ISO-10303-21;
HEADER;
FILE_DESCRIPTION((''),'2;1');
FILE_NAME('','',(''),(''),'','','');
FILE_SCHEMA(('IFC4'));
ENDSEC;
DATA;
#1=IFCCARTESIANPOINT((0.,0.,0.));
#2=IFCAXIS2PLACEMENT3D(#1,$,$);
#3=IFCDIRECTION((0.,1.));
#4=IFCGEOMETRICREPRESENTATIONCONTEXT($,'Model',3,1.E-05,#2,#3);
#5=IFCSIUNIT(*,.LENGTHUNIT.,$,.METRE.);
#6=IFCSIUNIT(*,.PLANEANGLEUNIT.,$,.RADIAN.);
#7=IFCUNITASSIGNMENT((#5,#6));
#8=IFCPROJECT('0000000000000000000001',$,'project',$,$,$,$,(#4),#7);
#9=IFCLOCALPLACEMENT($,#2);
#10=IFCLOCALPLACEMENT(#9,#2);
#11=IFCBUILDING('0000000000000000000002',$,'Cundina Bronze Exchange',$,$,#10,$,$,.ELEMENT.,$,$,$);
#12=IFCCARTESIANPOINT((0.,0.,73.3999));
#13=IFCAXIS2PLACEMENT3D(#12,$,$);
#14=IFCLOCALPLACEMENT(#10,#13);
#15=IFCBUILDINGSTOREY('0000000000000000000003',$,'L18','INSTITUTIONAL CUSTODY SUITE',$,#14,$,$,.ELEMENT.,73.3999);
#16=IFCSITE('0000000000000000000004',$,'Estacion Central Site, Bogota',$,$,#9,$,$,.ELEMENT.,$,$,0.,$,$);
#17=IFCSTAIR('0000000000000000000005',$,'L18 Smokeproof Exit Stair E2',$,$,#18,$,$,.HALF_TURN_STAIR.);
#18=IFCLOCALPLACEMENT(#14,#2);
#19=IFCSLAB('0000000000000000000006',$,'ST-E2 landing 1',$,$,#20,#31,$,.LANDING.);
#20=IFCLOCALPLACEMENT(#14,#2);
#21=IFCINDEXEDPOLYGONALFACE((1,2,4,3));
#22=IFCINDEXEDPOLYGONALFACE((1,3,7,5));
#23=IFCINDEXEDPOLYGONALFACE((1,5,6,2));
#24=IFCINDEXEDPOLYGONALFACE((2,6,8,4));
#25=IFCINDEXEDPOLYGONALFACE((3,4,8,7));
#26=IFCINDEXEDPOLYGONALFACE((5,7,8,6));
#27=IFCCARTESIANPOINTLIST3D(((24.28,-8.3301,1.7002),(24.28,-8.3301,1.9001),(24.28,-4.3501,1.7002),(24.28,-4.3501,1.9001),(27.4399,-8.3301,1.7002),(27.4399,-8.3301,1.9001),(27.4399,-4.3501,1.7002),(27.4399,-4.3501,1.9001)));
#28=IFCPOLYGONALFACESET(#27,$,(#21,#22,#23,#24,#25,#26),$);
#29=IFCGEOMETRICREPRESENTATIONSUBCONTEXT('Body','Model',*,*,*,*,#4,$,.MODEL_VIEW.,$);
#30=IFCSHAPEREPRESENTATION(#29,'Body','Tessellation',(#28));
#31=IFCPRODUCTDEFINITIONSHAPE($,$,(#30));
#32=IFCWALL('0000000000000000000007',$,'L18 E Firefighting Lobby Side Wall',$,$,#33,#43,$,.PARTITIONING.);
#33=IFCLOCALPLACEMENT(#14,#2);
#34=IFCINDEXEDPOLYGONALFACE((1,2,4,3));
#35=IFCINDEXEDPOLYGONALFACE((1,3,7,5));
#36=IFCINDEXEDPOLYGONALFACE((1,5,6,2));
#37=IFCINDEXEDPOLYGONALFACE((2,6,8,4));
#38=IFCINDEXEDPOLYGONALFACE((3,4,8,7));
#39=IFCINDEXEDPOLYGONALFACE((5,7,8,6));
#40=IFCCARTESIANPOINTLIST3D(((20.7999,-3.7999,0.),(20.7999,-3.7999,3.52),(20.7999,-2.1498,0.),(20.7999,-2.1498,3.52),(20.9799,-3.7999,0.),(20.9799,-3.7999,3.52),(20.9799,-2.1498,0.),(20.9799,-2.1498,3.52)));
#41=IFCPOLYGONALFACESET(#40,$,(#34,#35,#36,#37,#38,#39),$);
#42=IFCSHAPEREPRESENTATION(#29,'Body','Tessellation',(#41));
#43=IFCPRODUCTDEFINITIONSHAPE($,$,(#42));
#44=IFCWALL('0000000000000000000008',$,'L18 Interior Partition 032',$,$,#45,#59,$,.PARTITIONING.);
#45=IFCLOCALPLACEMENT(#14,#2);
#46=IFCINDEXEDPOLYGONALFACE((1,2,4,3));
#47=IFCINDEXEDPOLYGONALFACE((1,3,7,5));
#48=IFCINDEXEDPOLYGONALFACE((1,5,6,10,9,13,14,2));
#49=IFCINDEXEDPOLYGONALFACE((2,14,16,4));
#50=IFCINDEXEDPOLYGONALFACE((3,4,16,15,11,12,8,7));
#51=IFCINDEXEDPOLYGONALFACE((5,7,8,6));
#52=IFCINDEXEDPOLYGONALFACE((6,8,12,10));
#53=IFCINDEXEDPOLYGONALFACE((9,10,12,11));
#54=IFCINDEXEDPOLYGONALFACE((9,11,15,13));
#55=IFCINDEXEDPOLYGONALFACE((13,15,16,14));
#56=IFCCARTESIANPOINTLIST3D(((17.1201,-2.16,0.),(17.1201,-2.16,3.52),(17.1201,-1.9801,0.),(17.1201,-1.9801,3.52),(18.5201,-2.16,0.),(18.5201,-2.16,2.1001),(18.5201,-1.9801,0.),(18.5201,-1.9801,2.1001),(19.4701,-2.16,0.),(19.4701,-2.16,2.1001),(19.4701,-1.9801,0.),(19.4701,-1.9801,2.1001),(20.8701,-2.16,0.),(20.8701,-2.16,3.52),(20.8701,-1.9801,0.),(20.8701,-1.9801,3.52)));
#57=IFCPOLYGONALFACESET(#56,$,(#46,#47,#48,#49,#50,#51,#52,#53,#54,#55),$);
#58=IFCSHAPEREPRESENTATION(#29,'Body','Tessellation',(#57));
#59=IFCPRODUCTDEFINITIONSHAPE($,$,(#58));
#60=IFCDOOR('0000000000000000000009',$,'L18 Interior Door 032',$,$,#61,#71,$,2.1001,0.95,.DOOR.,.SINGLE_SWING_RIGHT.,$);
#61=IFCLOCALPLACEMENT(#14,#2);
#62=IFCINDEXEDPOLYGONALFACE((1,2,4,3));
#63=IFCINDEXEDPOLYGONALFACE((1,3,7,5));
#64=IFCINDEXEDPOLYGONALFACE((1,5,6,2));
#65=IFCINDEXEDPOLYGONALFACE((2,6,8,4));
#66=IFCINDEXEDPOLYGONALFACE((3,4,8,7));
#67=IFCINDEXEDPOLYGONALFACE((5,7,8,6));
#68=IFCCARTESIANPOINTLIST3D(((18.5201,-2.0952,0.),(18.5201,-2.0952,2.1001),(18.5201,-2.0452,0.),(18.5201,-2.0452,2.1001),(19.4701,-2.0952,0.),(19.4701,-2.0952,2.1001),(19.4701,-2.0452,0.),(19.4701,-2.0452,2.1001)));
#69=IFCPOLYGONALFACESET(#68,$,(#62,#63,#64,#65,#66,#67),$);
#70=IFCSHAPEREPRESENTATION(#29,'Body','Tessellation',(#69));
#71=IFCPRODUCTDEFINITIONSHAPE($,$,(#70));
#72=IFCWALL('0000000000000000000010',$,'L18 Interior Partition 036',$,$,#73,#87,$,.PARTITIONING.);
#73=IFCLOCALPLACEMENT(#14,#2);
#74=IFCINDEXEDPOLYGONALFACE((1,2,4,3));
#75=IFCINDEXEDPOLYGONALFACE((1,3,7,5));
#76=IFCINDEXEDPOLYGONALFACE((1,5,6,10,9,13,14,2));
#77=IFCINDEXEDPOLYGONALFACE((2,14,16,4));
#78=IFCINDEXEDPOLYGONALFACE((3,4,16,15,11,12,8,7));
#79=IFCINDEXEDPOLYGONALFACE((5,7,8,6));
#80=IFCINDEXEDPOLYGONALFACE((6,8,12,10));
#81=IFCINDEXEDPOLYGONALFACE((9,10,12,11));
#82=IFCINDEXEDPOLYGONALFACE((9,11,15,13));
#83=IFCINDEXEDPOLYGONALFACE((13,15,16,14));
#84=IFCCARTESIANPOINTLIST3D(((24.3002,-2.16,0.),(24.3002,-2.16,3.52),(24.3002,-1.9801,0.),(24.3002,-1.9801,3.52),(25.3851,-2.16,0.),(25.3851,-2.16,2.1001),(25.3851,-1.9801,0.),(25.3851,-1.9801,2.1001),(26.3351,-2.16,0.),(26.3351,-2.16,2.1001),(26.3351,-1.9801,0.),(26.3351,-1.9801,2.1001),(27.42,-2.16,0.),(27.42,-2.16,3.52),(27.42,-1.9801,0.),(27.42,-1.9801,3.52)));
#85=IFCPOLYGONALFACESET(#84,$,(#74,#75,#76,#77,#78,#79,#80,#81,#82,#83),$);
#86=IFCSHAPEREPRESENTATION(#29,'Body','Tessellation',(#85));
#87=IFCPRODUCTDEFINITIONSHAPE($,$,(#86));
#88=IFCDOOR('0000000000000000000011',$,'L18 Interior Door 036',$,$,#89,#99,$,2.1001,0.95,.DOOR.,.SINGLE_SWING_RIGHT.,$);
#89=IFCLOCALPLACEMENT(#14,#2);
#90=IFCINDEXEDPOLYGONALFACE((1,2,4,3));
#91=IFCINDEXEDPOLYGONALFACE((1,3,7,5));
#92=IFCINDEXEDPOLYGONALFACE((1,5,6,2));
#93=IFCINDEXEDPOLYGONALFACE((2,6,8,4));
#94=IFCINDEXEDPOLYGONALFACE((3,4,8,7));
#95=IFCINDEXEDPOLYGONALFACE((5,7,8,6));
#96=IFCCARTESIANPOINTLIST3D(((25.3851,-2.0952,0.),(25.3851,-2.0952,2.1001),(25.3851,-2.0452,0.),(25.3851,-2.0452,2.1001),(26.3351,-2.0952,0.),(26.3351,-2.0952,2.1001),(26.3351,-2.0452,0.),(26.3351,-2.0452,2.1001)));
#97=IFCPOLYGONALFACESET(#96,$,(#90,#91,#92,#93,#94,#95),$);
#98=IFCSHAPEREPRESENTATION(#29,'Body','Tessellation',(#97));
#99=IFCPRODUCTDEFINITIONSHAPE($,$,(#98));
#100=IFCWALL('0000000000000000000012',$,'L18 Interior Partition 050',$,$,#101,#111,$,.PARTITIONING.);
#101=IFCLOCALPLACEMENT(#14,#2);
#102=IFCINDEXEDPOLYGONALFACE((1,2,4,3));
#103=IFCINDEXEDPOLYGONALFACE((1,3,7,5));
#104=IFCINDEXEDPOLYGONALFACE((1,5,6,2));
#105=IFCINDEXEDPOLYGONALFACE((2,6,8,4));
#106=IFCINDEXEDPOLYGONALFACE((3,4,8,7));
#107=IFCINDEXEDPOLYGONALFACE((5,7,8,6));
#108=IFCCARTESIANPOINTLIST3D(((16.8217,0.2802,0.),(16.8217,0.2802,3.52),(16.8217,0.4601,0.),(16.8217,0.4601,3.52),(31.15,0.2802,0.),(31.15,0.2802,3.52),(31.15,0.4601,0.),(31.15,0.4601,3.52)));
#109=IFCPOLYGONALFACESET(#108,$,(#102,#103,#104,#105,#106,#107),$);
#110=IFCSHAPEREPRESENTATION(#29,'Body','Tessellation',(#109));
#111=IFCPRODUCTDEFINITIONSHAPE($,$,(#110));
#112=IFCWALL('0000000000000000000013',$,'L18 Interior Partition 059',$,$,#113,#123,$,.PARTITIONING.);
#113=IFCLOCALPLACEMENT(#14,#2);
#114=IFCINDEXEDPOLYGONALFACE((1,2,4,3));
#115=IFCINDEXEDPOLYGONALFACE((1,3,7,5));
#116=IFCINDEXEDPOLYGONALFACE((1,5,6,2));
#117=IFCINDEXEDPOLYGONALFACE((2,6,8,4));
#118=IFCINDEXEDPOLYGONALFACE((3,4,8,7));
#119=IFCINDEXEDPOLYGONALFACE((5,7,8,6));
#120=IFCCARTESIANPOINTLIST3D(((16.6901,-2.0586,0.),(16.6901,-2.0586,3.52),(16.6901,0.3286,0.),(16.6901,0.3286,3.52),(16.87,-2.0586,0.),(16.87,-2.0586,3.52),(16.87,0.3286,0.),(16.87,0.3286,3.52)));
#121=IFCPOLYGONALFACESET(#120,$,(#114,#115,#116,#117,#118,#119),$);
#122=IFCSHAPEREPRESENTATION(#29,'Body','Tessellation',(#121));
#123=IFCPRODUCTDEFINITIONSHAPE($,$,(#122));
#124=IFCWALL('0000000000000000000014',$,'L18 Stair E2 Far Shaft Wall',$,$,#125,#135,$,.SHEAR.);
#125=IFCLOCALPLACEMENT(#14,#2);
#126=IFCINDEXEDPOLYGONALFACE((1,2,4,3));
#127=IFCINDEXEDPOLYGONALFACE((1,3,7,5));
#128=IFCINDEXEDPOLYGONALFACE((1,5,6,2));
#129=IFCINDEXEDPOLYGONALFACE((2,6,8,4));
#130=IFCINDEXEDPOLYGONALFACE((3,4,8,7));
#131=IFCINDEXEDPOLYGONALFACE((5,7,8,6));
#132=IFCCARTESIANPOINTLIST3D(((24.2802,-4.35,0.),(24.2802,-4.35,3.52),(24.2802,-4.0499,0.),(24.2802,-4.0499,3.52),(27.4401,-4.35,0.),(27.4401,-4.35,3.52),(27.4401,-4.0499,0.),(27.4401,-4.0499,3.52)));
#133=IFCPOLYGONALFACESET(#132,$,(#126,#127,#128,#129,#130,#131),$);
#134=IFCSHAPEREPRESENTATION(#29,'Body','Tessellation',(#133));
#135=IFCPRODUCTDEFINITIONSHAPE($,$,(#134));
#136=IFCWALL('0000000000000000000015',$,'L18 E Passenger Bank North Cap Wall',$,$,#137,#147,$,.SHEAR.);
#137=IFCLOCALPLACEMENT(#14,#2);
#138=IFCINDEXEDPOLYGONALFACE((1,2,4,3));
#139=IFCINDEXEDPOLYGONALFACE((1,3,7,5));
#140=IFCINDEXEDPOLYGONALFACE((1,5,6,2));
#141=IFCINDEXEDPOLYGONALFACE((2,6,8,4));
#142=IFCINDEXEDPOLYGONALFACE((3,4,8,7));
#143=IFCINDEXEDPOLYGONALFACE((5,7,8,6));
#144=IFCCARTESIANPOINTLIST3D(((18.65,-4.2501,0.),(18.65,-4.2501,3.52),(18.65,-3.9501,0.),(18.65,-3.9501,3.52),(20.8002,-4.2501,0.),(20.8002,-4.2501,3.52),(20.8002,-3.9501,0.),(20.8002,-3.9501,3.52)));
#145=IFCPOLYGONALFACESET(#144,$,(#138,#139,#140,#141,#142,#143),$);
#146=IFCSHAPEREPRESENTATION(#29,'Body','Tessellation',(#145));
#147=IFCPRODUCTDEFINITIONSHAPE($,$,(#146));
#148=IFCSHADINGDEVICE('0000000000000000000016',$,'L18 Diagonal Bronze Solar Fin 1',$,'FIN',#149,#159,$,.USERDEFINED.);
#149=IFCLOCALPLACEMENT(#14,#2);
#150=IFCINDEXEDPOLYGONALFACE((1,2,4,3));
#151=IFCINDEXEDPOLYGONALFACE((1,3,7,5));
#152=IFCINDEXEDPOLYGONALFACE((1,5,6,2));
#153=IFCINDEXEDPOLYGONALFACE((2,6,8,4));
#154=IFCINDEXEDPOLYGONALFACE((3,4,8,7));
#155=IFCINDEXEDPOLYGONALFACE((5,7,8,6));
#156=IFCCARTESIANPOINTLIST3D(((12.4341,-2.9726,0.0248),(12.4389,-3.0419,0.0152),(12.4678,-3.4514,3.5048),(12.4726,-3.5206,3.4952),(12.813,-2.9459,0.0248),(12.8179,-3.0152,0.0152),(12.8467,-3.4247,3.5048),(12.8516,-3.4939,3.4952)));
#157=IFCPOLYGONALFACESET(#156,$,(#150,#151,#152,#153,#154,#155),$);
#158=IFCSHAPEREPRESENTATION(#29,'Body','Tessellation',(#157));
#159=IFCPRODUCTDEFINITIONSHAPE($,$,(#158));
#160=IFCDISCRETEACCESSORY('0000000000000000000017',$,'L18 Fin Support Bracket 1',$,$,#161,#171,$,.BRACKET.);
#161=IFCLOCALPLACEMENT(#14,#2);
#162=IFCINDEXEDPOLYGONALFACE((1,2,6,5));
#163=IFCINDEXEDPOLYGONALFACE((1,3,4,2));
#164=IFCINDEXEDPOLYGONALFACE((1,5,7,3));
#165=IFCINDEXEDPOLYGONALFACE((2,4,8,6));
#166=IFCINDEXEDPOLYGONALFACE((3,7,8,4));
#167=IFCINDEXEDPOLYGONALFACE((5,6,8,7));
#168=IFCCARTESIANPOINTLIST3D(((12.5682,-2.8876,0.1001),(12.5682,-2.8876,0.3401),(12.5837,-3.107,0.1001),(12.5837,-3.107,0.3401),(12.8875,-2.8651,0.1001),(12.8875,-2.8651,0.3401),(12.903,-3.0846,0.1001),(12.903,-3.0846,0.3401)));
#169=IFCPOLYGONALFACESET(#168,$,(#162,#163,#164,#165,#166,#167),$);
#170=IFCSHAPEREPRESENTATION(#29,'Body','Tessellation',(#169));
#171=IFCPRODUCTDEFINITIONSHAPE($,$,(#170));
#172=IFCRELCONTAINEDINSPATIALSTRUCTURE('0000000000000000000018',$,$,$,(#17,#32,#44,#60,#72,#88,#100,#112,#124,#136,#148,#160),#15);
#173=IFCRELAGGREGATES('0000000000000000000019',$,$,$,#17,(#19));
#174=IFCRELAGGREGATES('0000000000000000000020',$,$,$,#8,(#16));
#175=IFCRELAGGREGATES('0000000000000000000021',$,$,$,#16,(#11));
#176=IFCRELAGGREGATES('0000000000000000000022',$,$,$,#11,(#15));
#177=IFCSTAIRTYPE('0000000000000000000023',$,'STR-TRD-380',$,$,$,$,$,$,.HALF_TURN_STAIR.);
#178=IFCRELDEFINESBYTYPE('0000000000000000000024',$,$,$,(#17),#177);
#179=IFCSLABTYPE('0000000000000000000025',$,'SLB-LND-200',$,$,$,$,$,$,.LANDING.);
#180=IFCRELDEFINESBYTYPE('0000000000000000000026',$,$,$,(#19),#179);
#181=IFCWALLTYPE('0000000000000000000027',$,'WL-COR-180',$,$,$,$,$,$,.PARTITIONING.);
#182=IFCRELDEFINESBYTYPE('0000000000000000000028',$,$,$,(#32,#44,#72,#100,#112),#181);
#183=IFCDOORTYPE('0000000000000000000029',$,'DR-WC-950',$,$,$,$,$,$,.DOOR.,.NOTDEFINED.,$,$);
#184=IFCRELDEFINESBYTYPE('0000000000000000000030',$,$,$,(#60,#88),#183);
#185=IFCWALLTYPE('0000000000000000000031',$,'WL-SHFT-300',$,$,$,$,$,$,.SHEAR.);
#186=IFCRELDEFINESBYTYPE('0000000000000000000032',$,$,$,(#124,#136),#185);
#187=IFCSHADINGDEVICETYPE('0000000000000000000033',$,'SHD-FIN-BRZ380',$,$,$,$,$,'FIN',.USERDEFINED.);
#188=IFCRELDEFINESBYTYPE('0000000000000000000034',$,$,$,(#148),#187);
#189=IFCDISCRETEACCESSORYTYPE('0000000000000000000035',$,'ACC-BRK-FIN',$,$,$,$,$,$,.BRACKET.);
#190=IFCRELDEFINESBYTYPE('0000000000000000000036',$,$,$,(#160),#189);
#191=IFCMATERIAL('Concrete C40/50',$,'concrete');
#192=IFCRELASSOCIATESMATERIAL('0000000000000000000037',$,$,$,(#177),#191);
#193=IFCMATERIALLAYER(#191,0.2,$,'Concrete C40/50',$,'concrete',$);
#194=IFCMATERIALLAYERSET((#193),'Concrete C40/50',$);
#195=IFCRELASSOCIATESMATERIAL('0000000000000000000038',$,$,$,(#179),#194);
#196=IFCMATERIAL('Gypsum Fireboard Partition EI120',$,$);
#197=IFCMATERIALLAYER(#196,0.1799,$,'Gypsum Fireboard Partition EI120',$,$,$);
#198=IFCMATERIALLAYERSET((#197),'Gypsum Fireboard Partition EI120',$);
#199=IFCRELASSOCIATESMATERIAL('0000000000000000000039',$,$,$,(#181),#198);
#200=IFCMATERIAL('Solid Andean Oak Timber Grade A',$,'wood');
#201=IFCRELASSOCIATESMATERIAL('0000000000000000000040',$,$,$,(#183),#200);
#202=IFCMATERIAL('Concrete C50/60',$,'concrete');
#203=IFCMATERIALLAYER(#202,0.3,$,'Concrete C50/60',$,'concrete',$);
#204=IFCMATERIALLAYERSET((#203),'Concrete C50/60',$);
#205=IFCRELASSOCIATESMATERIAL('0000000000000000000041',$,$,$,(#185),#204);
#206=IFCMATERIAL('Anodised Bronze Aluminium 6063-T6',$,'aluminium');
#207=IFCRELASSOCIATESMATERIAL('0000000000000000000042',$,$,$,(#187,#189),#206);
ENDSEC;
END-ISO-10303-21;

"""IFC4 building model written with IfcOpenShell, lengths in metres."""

from ifc_helpers import new_model, si_unit, direction, frame, frame_2d, origin, origin_2d, place, context, subcontext, project, spatial, polyline, rectangle, outline, extrude, material, layer, layer_set, material_profile, profile_set, type_object, element, fill, aggregate, save


model = new_model("IFC4")

# Units and contexts
model_context = context("Model", 3, precision=1e-05, world=origin(), true_north=direction((0.0, 1.0)))
body_context = subcontext(model_context, "Body", "Model", "MODEL_VIEW")
ifc_project = project(units=[si_unit("LENGTHUNIT", "METRE"), si_unit("PLANEANGLEUNIT", "RADIAN")], contexts=[model_context])

# Site, building, storey
site_placement = place(None, origin())
site = spatial("IfcSite", under=ifc_project, at=site_placement, Name="Estacion Central Site, Bogota", CompositionType="ELEMENT", RefElevation=0.0)
building_placement = place(site_placement, origin())
building = spatial("IfcBuilding", under=site, at=building_placement, Name="Cundina Bronze Exchange", CompositionType="ELEMENT")
storey_placement = place(building_placement, frame((0.0, 0.0, 73.3999)))
storey = spatial("IfcBuildingStorey", under=building, at=storey_placement, Name="L18", Description="INSTITUTIONAL CUSTODY SUITE", CompositionType="ELEMENT", Elevation=73.3999)

# Shared definitions
ifc_material_1 = material(Name="Anodised Bronze Aluminium 6063-T6", Category="aluminium")

# Stair, slab
ifc_material_2 = material(Name="Concrete C40/50", Category="concrete")
stair_type = type_object("IfcStairType", Name="STR-TRD-380", PredefinedType="HALF_TURN_STAIR", material=ifc_material_2)
ifc_layer_1 = layer(ifc_material_2, 0.2, Name="Concrete C40/50", Category="concrete")
ifc_layer_set_1 = layer_set([ifc_layer_1], Name="Concrete C40/50")
slab_type = type_object("IfcSlabType", Name="SLB-LND-200", PredefinedType="LANDING", material=ifc_layer_set_1)
stair_1_placement = place(storey_placement, origin())
stair_1 = element("IfcStair", 1, at=stair_1_placement, inside=storey, type_object=stair_type, Name="L18 Smokeproof Exit Stair E2", PredefinedType="HALF_TURN_STAIR")
slab_1_placement = place(storey_placement, frame((0.0, 0.0, 1.7002)))
slab_1 = element("IfcSlab", 2, at=slab_1_placement, type_object=slab_type, Name="ST-E2 landing 1", PredefinedType="LANDING", context=body_context, shape_type="SweptSolid", body=[
    extrude(outline(polyline([(27.4399, -8.3301), (27.4399, -4.3501), (24.28, -4.3501), (24.28, -8.3301), (27.4399, -8.3301)])), origin(), (0.0, 0.0, 1.0), 0.2),
])
aggregate(stair_1, [slab_1])

# Wall
ifc_material_3 = material(Name="Gypsum Fireboard Partition EI120")
ifc_layer_2 = layer(ifc_material_3, 0.1799, Name="Gypsum Fireboard Partition EI120")
ifc_layer_set_2 = layer_set([ifc_layer_2], Name="Gypsum Fireboard Partition EI120")
wall_type_1 = type_object("IfcWallType", Name="WL-COR-180", PredefinedType="PARTITIONING", material=ifc_layer_set_2)
wall_1_placement = place(storey_placement, frame((20.8899, -3.8, 0.0), z_axis=(0.0, 0.0, 1.0), x_axis=(0.0, 1.0, 0.0)))
element("IfcWall", 3, at=wall_1_placement, inside=storey, type_object=wall_type_1, Name="L18 E Firefighting Lobby Side Wall", PredefinedType="PARTITIONING", context=body_context, shape_type="SweptSolid", body=[
    extrude(rectangle(XDim=1.6501, YDim=0.1799, at=frame_2d((0.8252, 0.0))), origin(), (0.0, 0.0, 1.0), 3.52),
])

# Walls, openings, doors
wall_2_placement = place(storey_placement, frame((17.1201, -2.0701, 0.0), z_axis=(0.0, 0.0, 1.0), x_axis=(1.0, 0.0, 0.0)))
wall_2 = element("IfcWall", 4, at=wall_2_placement, inside=storey, type_object=wall_type_1, Name="L18 Interior Partition 032", PredefinedType="PARTITIONING", context=body_context, shape_type="SweptSolid", body=[
    extrude(rectangle(XDim=3.75, YDim=0.1799, at=frame_2d((1.875, 0.0))), origin(), (0.0, 0.0, 1.0), 3.52),
])
opening_1_placement = place(wall_2_placement, frame((1.3999, 0.0, 0.0)))
opening_1 = element("IfcOpeningElement", 5, at=opening_1_placement, cuts=wall_2, PredefinedType="OPENING", context=body_context, shape_type="SweptSolid", body=[
    extrude(rectangle(XDim=0.95, YDim=2.1001, at=frame_2d((0.4751, 1.05))), frame((0.0, 0.0999, 0.0), z_axis=(0.0, -1.0, 0.0), x_axis=(1.0, 0.0, 0.0)), (0.0, 0.0, 1.0), 0.2),
])
ifc_material_4 = material(Name="Solid Andean Oak Timber Grade A", Category="wood")
door_type_1 = type_object("IfcDoorType", Name="DR-WC-950", OperationType="NOTDEFINED", PredefinedType="DOOR", material=ifc_material_4)
door_1_placement = place(opening_1_placement, origin())
door_1 = element("IfcDoor", 6, at=door_1_placement, inside=storey, type_object=door_type_1, Name="L18 Interior Door 032", OperationType="SINGLE_SWING_RIGHT", OverallHeight=2.1001, OverallWidth=0.95, PredefinedType="DOOR", context=body_context, shape_type="SweptSolid", body=[
    extrude(rectangle(XDim=0.95, YDim=2.1001, at=frame_2d((0.4751, 1.05))), frame((0.0, 0.0249, 0.0), z_axis=(0.0, -1.0, 0.0), x_axis=(1.0, 0.0, 0.0)), (0.0, 0.0, 1.0), 0.05),
])
fill(opening_1, door_1)
wall_3_placement = place(storey_placement, frame((24.3, -2.0701, 0.0), z_axis=(0.0, 0.0, 1.0), x_axis=(1.0, 0.0, 0.0)))
wall_3 = element("IfcWall", 7, at=wall_3_placement, inside=storey, type_object=wall_type_1, Name="L18 Interior Partition 036", PredefinedType="PARTITIONING", context=body_context, shape_type="SweptSolid", body=[
    extrude(rectangle(XDim=3.1199, YDim=0.1799, at=frame_2d((1.5601, 0.0))), origin(), (0.0, 0.0, 1.0), 3.52),
])
opening_2_placement = place(wall_3_placement, frame((1.085, 0.0, 0.0)))
opening_2 = element("IfcOpeningElement", 8, at=opening_2_placement, cuts=wall_3, PredefinedType="OPENING", context=body_context, shape_type="SweptSolid", body=[
    extrude(rectangle(XDim=0.95, YDim=2.1001, at=frame_2d((0.4751, 1.05))), frame((0.0, 0.0999, 0.0), z_axis=(0.0, -1.0, 0.0), x_axis=(1.0, 0.0, 0.0)), (0.0, 0.0, 1.0), 0.2),
])
door_2_placement = place(opening_2_placement, origin())
door_2 = element("IfcDoor", 9, at=door_2_placement, inside=storey, type_object=door_type_1, Name="L18 Interior Door 036", OperationType="SINGLE_SWING_RIGHT", OverallHeight=2.1001, OverallWidth=0.95, PredefinedType="DOOR", context=body_context, shape_type="SweptSolid", body=[
    extrude(rectangle(XDim=0.95, YDim=2.1001, at=frame_2d((0.4751, 1.05))), frame((0.0, 0.0249, 0.0), z_axis=(0.0, -1.0, 0.0), x_axis=(1.0, 0.0, 0.0)), (0.0, 0.0, 1.0), 0.05),
])
fill(opening_2, door_2)

# Walls
wall_4_placement = place(storey_placement, frame((31.1499, 0.3701, 0.0), z_axis=(0.0, 0.0, 1.0), x_axis=(-1.0, 0.0, 0.0)))
element("IfcWall", 10, at=wall_4_placement, inside=storey, type_object=wall_type_1, Name="L18 Interior Partition 050", PredefinedType="PARTITIONING", context=body_context, shape_type="SweptSolid", body=[
    extrude(rectangle(XDim=14.3284, YDim=0.1799, at=frame_2d((7.1641, 0.0))), origin(), (0.0, 0.0, 1.0), 3.52),
])
wall_5_placement = place(storey_placement, frame((16.78, 0.3286, 0.0), z_axis=(0.0, 0.0, 1.0), x_axis=(0.0, -1.0, 0.0)))
element("IfcWall", 11, at=wall_5_placement, inside=storey, type_object=wall_type_1, Name="L18 Interior Partition 059", PredefinedType="PARTITIONING", context=body_context, shape_type="SweptSolid", body=[
    extrude(rectangle(XDim=2.3872, YDim=0.1799, at=frame_2d((1.1936, 0.0))), origin(), (0.0, 0.0, 1.0), 3.52),
])

# Shared definitions
ifc_material_5 = material(Name="Concrete C50/60", Category="concrete")
ifc_layer_3 = layer(ifc_material_5, 0.3, Name="Concrete C50/60", Category="concrete")
ifc_layer_set_3 = layer_set([ifc_layer_3], Name="Concrete C50/60")
wall_type_2 = type_object("IfcWallType", Name="WL-SHFT-300", PredefinedType="SHEAR", material=ifc_layer_set_3)

# Walls
wall_6_placement = place(storey_placement, frame((24.28, -4.2, 0.0), z_axis=(0.0, 0.0, 1.0), x_axis=(1.0, 0.0, 0.0)))
element("IfcWall", 12, at=wall_6_placement, inside=storey, type_object=wall_type_2, Name="L18 Stair E2 Far Shaft Wall", PredefinedType="SHEAR", context=body_context, shape_type="SweptSolid", body=[
    extrude(rectangle(XDim=3.1599, YDim=0.3, at=frame_2d((1.5801, 0.0))), origin(), (0.0, 0.0, 1.0), 3.52),
])
wall_7_placement = place(storey_placement, frame((18.6499, -4.1001, 0.0), z_axis=(0.0, 0.0, 1.0), x_axis=(1.0, 0.0, 0.0)))
element("IfcWall", 13, at=wall_7_placement, inside=storey, type_object=wall_type_2, Name="L18 E Passenger Bank North Cap Wall", PredefinedType="SHEAR", context=body_context, shape_type="SweptSolid", body=[
    extrude(rectangle(XDim=2.1501, YDim=0.3, at=frame_2d((1.0752, 0.0))), origin(), (0.0, 0.0, 1.0), 3.52),
])

# Shading device
ifc_material_profile_1 = material_profile(ifc_material_1, rectangle(XDim=0.0701, YDim=0.3799, at=origin_2d()), Name="FIN70X380", Category="aluminium")
ifc_profile_set_1 = profile_set([ifc_material_profile_1], Name="Anodised Bronze Aluminium 6063-T6")
shading_device_type = type_object("IfcShadingDeviceType", Name="SHD-FIN-BRZ380", ElementType="FIN", PredefinedType="USERDEFINED", material=ifc_profile_set_1)
shading_device_placement = place(storey_placement, frame((12.626, -2.9939, 0.02), z_axis=(0.009591, -0.136285, 0.990623), x_axis=(-0.06954, 0.988179, 0.136622)))
element("IfcShadingDevice", 14, at=shading_device_placement, inside=storey, type_object=shading_device_type, Name="L18 Diagonal Bronze Solar Fin 1", ObjectType="FIN", PredefinedType="USERDEFINED", context=body_context, shape_type="SweptSolid", body=[
    extrude(rectangle(XDim=0.0701, YDim=0.3799, at=origin_2d()), origin(), (0.0, 0.0, 1.0), 3.5129),
])

# Discrete accessory
discrete_accessory_type = type_object("IfcDiscreteAccessoryType", Name="ACC-BRK-FIN", PredefinedType="BRACKET", material=ifc_material_1)
discrete_accessory_placement = place(storey_placement, frame((12.7356, -2.9861, 0.1001), z_axis=(0.0, 0.0, 1.0), x_axis=(0.070279, -0.997527, 0.0)))
element("IfcDiscreteAccessory", 15, at=discrete_accessory_placement, inside=storey, type_object=discrete_accessory_type, Name="L18 Fin Support Bracket 1", PredefinedType="BRACKET", context=body_context, shape_type="SweptSolid", body=[
    extrude(rectangle(XDim=0.22, YDim=0.3201, at=origin_2d()), origin(), (0.0, 0.0, 1.0), 0.24),
])

save(model, "model.ifc")
